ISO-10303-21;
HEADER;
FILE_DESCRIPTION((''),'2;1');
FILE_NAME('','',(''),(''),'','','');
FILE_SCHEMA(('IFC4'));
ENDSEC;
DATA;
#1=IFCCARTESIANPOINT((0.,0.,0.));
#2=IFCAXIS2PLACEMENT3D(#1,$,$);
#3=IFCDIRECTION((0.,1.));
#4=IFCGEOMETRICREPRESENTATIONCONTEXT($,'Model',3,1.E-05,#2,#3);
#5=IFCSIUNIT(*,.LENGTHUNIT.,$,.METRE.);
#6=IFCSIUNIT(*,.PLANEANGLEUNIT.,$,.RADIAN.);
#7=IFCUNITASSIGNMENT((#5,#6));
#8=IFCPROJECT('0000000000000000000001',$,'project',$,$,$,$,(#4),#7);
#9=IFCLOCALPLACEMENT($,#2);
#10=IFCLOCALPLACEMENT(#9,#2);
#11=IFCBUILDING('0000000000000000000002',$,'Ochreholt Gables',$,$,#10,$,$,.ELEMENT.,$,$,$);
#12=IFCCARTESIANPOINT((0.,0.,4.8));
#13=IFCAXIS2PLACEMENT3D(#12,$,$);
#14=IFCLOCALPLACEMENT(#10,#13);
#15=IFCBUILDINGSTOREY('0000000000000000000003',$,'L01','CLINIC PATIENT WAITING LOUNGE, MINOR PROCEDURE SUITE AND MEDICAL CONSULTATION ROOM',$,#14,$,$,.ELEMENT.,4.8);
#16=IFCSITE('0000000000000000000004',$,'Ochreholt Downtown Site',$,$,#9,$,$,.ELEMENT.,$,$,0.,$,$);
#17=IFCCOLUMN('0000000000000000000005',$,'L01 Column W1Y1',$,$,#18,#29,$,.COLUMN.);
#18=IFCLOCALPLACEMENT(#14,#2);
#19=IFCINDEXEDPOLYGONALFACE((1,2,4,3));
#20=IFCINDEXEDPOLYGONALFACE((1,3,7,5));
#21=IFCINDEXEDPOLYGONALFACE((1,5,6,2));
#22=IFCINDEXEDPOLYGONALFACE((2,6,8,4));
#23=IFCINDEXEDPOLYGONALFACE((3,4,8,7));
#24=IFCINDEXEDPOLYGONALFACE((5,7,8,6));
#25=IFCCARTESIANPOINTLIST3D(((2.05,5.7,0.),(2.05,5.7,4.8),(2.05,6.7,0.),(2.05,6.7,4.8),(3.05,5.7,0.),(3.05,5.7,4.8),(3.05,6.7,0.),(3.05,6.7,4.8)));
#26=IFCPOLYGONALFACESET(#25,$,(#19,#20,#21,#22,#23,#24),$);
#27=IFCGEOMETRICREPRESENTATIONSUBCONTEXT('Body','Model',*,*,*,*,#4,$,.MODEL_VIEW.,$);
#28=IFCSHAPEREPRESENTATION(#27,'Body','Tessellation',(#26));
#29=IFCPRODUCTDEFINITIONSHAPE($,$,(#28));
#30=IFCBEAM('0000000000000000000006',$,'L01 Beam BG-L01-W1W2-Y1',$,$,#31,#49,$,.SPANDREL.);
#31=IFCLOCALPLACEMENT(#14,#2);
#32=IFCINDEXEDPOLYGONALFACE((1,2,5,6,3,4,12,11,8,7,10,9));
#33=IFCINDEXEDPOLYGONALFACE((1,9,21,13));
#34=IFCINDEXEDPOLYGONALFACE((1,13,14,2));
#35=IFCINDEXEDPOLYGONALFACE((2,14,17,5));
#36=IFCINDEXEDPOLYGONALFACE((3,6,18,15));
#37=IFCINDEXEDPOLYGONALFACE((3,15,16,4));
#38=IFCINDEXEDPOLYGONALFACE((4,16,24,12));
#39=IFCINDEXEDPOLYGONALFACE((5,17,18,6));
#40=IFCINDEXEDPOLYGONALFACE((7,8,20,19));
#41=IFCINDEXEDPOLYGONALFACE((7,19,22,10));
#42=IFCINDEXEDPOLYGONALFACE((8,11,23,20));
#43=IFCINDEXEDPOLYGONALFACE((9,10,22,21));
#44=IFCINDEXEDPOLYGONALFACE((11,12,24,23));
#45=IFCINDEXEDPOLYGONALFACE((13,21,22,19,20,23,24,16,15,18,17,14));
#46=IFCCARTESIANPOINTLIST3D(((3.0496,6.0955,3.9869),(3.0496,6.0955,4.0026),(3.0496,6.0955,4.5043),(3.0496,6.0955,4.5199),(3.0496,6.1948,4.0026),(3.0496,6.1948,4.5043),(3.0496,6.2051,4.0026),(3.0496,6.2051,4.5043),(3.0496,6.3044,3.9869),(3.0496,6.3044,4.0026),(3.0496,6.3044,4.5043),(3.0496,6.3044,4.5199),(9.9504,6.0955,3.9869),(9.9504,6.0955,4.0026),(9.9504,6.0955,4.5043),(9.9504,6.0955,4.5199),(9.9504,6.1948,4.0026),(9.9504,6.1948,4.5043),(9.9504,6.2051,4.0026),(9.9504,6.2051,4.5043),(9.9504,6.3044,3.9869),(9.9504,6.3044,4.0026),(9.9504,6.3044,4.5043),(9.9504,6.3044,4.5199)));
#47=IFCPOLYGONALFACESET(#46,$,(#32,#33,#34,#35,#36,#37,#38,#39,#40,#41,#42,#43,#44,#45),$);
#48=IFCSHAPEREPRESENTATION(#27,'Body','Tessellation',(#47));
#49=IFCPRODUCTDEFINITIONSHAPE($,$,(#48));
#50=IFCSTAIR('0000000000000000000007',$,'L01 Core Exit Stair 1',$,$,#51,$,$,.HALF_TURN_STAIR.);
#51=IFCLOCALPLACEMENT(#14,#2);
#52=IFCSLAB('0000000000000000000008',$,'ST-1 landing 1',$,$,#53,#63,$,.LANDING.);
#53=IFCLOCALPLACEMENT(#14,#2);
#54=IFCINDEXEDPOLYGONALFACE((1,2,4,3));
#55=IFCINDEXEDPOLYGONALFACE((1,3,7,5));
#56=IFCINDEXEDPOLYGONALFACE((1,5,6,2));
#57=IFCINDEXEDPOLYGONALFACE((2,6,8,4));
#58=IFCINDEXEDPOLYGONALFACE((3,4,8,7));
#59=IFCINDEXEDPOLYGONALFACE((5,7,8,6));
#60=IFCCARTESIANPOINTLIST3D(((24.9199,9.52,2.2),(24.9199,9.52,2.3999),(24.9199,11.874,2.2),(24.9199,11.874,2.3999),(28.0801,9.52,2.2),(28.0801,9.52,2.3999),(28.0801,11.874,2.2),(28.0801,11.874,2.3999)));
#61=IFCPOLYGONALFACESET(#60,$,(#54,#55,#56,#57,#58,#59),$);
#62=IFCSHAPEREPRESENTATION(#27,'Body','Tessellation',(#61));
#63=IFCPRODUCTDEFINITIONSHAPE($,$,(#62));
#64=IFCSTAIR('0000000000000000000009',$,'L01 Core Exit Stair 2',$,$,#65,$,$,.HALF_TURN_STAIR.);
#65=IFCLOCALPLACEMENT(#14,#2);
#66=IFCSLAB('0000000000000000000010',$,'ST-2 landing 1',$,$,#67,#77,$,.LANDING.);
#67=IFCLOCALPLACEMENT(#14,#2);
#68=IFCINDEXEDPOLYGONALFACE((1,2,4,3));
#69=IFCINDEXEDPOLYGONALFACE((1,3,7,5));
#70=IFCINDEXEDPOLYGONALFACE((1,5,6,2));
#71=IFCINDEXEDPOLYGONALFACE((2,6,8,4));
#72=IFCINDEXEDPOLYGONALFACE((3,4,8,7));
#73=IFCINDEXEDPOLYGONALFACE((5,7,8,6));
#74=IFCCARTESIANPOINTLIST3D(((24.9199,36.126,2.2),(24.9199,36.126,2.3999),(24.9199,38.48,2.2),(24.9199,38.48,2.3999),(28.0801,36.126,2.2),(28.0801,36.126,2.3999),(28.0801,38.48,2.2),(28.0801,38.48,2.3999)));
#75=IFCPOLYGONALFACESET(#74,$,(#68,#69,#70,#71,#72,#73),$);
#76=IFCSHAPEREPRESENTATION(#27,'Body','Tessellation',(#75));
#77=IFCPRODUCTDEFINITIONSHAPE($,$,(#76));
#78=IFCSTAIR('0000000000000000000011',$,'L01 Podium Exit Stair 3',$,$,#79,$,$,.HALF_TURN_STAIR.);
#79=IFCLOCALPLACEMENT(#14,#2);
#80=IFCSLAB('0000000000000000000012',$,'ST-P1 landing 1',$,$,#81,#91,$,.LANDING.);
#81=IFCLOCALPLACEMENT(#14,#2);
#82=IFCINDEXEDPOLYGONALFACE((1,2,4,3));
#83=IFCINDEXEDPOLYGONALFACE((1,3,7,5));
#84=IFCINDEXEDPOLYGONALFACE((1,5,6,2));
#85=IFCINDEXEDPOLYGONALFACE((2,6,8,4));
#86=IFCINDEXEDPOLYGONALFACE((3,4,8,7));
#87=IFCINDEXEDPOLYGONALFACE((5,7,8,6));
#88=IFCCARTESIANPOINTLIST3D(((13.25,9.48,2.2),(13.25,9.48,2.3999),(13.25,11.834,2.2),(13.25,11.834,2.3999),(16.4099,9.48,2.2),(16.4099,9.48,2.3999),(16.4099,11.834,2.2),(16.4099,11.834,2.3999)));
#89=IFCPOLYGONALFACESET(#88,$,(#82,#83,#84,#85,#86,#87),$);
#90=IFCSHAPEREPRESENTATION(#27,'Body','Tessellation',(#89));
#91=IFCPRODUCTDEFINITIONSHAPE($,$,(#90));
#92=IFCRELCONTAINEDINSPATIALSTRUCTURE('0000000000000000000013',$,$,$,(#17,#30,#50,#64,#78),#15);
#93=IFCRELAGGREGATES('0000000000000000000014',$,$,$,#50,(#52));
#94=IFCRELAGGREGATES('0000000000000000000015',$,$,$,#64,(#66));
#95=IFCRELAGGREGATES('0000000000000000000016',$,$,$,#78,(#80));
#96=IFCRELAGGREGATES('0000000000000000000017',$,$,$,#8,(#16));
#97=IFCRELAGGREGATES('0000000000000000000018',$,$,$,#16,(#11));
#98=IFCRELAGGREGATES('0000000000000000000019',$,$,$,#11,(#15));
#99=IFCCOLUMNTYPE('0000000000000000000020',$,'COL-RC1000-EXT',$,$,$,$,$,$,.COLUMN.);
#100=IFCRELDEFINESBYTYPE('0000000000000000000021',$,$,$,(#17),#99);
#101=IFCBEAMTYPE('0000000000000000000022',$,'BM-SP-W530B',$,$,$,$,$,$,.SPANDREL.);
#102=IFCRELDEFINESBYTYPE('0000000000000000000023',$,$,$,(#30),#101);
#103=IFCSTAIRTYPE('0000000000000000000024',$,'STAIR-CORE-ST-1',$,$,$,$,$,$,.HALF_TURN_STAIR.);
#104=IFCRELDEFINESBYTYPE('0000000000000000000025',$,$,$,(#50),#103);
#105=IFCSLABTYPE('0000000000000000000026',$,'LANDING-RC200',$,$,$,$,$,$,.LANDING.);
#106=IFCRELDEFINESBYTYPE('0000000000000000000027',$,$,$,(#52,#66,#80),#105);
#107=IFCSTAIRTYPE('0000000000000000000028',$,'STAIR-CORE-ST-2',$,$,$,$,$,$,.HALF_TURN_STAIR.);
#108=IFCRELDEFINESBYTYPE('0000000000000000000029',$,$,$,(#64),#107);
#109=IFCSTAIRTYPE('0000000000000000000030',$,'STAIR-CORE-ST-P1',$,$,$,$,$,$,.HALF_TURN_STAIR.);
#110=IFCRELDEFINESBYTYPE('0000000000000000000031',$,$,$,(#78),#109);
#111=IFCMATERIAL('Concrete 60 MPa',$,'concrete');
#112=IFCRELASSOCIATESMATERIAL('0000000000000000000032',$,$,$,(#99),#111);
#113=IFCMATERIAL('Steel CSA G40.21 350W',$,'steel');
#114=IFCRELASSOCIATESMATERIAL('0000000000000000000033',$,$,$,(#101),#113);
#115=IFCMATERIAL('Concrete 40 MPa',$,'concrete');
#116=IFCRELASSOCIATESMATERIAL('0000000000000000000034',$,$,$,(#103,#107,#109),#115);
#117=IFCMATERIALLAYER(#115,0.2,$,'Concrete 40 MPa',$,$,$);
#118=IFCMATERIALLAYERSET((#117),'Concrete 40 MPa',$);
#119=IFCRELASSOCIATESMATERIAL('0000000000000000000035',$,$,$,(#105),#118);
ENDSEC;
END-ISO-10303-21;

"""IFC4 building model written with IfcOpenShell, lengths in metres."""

from ifc_helpers import new_model, si_unit, direction, frame, origin, origin_2d, place, context, subcontext, project, spatial, polyline, rectangle, i_section, outline, extrude, material, layer, layer_set, material_profile, profile_set, type_object, element, aggregate, save


model = new_model("IFC4")

# Units and contexts
model_context = context("Model", 3, precision=1e-05, world=origin(), true_north=direction((0.0, 1.0)))
body_context = subcontext(model_context, "Body", "Model", "MODEL_VIEW")
ifc_project = project(units=[si_unit("LENGTHUNIT", "METRE"), si_unit("PLANEANGLEUNIT", "RADIAN")], contexts=[model_context])

# Site, building, storey
site_placement = place(None, origin())
site = spatial("IfcSite", under=ifc_project, at=site_placement, Name="Ochreholt Downtown Site", CompositionType="ELEMENT", RefElevation=0.0)
building_placement = place(site_placement, origin())
building = spatial("IfcBuilding", under=site, at=building_placement, Name="Ochreholt Gables", CompositionType="ELEMENT")
storey_placement = place(building_placement, frame((0.0, 0.0, 4.8)))
storey = spatial("IfcBuildingStorey", under=building, at=storey_placement, Name="L01", Description="CLINIC PATIENT WAITING LOUNGE, MINOR PROCEDURE SUITE AND MEDICAL CONSULTATION ROOM", CompositionType="ELEMENT", Elevation=4.8)

# Column
ifc_material_1 = material(Name="Concrete 60 MPa", Category="concrete")
ifc_material_profile_1 = material_profile(ifc_material_1, rectangle(XDim=1.0, YDim=1.0, at=origin_2d()), Name="RC1000X1000")
ifc_profile_set_1 = profile_set([ifc_material_profile_1], Name="Concrete 60 MPa")
column_type = type_object("IfcColumnType", Name="COL-RC1000-EXT", PredefinedType="COLUMN", material=ifc_profile_set_1)
column_placement = place(storey_placement, frame((2.55, 6.2, 0.0), z_axis=(0.0, 0.0, 1.0), x_axis=(1.0, 0.0, 0.0)))
element("IfcColumn", 1, at=column_placement, inside=storey, type_object=column_type, Name="L01 Column W1Y1", PredefinedType="COLUMN", context=body_context, shape_type="SweptSolid", body=[
    extrude(rectangle(XDim=1.0, YDim=1.0, at=origin_2d()), origin(), (0.0, 0.0, 1.0), 4.8),
])

# Beam
ifc_material_2 = material(Name="Steel CSA G40.21 350W", Category="steel")
ifc_material_profile_2 = material_profile(ifc_material_2, i_section(OverallWidth=0.209, OverallDepth=0.533, WebThickness=0.0103, FlangeThickness=0.0156, at=origin_2d()), Name="W530X92")
ifc_profile_set_2 = profile_set([ifc_material_profile_2], Name="Steel CSA G40.21 350W")
beam_type = type_object("IfcBeamType", Name="BM-SP-W530B", PredefinedType="SPANDREL", material=ifc_profile_set_2)
beam_placement = place(storey_placement, frame((3.0496, 6.2, 4.2534), z_axis=(1.0, 0.0, 0.0), x_axis=(0.0, 1.0, 0.0)))
element("IfcBeam", 2, at=beam_placement, inside=storey, type_object=beam_type, Name="L01 Beam BG-L01-W1W2-Y1", PredefinedType="SPANDREL", context=body_context, shape_type="SweptSolid", body=[
    extrude(i_section(OverallWidth=0.209, OverallDepth=0.533, WebThickness=0.0103, FlangeThickness=0.0156, at=origin_2d()), origin(), (0.0, 0.0, 1.0), 6.9009),
])

# Stairs, slabs
ifc_material_3 = material(Name="Concrete 40 MPa", Category="concrete")
stair_type_1 = type_object("IfcStairType", Name="STAIR-CORE-ST-1", PredefinedType="HALF_TURN_STAIR", material=ifc_material_3)
stair_1_placement = place(storey_placement, origin())
stair_1 = element("IfcStair", 3, at=stair_1_placement, inside=storey, type_object=stair_type_1, Name="L01 Core Exit Stair 1", PredefinedType="HALF_TURN_STAIR")
ifc_layer_1 = layer(ifc_material_3, 0.2, Name="Concrete 40 MPa")
ifc_layer_set_1 = layer_set([ifc_layer_1], Name="Concrete 40 MPa")
slab_type_1 = type_object("IfcSlabType", Name="LANDING-RC200", PredefinedType="LANDING", material=ifc_layer_set_1)
slab_1_placement = place(storey_placement, frame((0.0, 0.0, 2.2)))
slab_1 = element("IfcSlab", 4, at=slab_1_placement, type_object=slab_type_1, Name="ST-1 landing 1", PredefinedType="LANDING", context=body_context, shape_type="SweptSolid", body=[
    extrude(outline(polyline([(24.9199, 11.874), (24.9199, 9.52), (28.0801, 9.52), (28.0801, 11.874), (24.9199, 11.874)])), origin(), (0.0, 0.0, 1.0), 0.2),
])
aggregate(stair_1, [slab_1])
stair_type_2 = type_object("IfcStairType", Name="STAIR-CORE-ST-2", PredefinedType="HALF_TURN_STAIR", material=ifc_material_3)
stair_2_placement = place(storey_placement, origin())
stair_2 = element("IfcStair", 5, at=stair_2_placement, inside=storey, type_object=stair_type_2, Name="L01 Core Exit Stair 2", PredefinedType="HALF_TURN_STAIR")
slab_2_placement = place(storey_placement, frame((0.0, 0.0, 2.2)))
slab_2 = element("IfcSlab", 6, at=slab_2_placement, type_object=slab_type_1, Name="ST-2 landing 1", PredefinedType="LANDING", context=body_context, shape_type="SweptSolid", body=[
    extrude(outline(polyline([(28.0801, 36.126), (28.0801, 38.48), (24.9199, 38.48), (24.9199, 36.126), (28.0801, 36.126)])), origin(), (0.0, 0.0, 1.0), 0.2),
])
aggregate(stair_2, [slab_2])
stair_type_3 = type_object("IfcStairType", Name="STAIR-CORE-ST-P1", PredefinedType="HALF_TURN_STAIR", material=ifc_material_3)
stair_3_placement = place(storey_placement, origin())
stair_3 = element("IfcStair", 7, at=stair_3_placement, inside=storey, type_object=stair_type_3, Name="L01 Podium Exit Stair 3", PredefinedType="HALF_TURN_STAIR")
slab_3_placement = place(storey_placement, frame((0.0, 0.0, 2.2)))
slab_3 = element("IfcSlab", 8, at=slab_3_placement, type_object=slab_type_1, Name="ST-P1 landing 1", PredefinedType="LANDING", context=body_context, shape_type="SweptSolid", body=[
    extrude(outline(polyline([(13.25, 11.834), (13.25, 9.48), (16.4099, 9.48), (16.4099, 11.834), (13.25, 11.834)])), origin(), (0.0, 0.0, 1.0), 0.2),
])
aggregate(stair_3, [slab_3])

save(model, "model.ifc")
